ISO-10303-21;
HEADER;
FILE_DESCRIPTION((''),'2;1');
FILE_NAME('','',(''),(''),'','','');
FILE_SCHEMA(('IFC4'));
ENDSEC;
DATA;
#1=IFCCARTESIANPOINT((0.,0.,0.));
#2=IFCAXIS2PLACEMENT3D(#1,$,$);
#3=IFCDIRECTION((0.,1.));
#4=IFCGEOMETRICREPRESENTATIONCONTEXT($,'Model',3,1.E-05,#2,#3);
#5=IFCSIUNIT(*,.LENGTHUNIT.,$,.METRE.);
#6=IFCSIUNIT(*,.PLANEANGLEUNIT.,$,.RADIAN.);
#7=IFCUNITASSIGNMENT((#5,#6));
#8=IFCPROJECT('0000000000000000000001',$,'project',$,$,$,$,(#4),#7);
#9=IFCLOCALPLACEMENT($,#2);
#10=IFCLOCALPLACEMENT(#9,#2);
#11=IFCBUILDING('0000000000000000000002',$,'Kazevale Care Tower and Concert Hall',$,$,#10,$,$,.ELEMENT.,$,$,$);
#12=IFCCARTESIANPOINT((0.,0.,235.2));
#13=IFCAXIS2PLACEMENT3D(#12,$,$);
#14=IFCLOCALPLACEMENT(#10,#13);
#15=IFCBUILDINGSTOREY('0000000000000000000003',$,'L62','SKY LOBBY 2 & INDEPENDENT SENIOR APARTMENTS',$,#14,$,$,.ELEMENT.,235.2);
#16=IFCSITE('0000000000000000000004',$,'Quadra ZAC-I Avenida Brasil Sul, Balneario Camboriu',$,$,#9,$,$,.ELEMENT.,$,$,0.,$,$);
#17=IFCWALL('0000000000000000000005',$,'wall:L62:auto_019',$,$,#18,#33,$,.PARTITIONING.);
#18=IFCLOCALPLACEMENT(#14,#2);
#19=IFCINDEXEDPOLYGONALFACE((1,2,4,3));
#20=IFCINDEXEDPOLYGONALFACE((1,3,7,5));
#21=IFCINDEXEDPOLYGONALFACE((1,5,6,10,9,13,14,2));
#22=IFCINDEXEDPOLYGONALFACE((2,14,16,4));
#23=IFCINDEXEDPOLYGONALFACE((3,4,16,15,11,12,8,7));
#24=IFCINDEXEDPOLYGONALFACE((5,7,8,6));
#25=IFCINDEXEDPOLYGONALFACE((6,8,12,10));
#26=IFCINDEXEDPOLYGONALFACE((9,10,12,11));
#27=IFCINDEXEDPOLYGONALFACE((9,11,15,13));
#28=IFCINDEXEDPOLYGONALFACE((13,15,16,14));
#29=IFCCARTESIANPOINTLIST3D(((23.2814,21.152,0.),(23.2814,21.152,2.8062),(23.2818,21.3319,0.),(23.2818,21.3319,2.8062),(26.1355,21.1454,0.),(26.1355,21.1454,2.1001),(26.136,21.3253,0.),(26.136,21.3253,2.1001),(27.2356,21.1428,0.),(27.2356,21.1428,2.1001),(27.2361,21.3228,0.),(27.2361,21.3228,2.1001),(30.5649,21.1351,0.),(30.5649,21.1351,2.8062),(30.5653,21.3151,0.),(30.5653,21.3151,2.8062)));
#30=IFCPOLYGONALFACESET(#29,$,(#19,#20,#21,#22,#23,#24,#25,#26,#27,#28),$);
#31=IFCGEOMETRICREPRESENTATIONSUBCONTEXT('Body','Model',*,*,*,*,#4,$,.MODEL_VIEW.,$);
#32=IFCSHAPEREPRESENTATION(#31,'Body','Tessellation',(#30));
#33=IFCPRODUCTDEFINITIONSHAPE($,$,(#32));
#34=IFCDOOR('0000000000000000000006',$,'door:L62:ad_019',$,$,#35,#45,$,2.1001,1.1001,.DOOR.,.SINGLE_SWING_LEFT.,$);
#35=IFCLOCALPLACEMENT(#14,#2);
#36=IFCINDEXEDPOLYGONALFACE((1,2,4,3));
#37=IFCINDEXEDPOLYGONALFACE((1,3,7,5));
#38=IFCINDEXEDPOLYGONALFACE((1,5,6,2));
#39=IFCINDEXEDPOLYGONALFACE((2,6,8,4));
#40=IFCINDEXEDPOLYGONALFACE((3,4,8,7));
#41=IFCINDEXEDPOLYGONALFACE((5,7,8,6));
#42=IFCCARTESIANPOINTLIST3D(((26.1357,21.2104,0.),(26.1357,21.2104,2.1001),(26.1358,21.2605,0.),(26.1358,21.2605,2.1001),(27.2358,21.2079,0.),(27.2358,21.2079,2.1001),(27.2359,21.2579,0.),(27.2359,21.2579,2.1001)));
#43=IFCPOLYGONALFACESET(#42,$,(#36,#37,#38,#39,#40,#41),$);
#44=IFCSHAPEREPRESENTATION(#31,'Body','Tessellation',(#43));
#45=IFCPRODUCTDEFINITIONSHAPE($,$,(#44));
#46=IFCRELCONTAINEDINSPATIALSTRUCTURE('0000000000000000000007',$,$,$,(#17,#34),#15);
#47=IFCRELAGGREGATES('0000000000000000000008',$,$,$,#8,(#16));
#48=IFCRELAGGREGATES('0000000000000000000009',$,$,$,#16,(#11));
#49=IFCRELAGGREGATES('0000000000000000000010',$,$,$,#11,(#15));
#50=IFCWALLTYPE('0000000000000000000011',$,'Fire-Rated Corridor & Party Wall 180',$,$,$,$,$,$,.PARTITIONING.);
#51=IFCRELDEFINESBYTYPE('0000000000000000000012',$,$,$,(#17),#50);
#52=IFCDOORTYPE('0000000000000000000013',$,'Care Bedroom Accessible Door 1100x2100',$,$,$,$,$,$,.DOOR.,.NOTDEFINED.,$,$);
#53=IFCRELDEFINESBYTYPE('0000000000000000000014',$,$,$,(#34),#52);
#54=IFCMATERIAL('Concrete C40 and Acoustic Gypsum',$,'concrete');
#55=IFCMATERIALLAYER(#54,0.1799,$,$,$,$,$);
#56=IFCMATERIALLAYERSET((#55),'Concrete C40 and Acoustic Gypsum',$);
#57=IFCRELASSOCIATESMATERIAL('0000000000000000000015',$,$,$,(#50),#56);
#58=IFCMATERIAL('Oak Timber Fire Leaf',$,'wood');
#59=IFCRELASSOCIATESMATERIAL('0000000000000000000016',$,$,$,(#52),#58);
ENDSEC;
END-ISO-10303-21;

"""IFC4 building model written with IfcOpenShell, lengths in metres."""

from ifc_helpers import new_model, si_unit, direction, frame, frame_2d, origin, place, context, subcontext, project, spatial, rectangle, extrude, material, layer, layer_set, type_object, element, fill, save


model = new_model("IFC4")

# Units and contexts
model_context = context("Model", 3, precision=1e-05, world=origin(), true_north=direction((0.0, 1.0)))
body_context = subcontext(model_context, "Body", "Model", "MODEL_VIEW")
ifc_project = project(units=[si_unit("LENGTHUNIT", "METRE"), si_unit("PLANEANGLEUNIT", "RADIAN")], contexts=[model_context])

# Site, building, storey
site_placement = place(None, origin())
site = spatial("IfcSite", under=ifc_project, at=site_placement, Name="Quadra ZAC-I Avenida Brasil Sul, Balneario Camboriu", CompositionType="ELEMENT", RefElevation=0.0)
building_placement = place(site_placement, origin())
building = spatial("IfcBuilding", under=site, at=building_placement, Name="Kazevale Care Tower and Concert Hall", CompositionType="ELEMENT")
storey_placement = place(building_placement, frame((0.0, 0.0, 235.2)))
storey = spatial("IfcBuildingStorey", under=building, at=storey_placement, Name="L62", Description="SKY LOBBY 2 & INDEPENDENT SENIOR APARTMENTS", CompositionType="ELEMENT", Elevation=235.2)

# Wall, opening, door
ifc_material_1 = material(Name="Concrete C40 and Acoustic Gypsum", Category="concrete")
ifc_layer_1 = layer(ifc_material_1, 0.1799)
ifc_layer_set_1 = layer_set([ifc_layer_1], Name="Concrete C40 and Acoustic Gypsum")
wall_type_1 = type_object("IfcWallType", Name="Fire-Rated Corridor & Party Wall 180", PredefinedType="PARTITIONING", material=ifc_layer_set_1)
wall_1_placement = place(storey_placement, frame((30.5649, 21.2251, 0.0), z_axis=(0.0, 0.0, 1.0), x_axis=(-0.999997, 0.002313, 0.0)))
wall_1 = element("IfcWall", 1, at=wall_1_placement, inside=storey, type_object=wall_type_1, Name="wall:L62:auto_019", PredefinedType="PARTITIONING", context=body_context, shape_type="SweptSolid", body=[
    extrude(rectangle(XDim=7.2834, YDim=0.1799, at=frame_2d((3.6416, 0.0))), origin(), (0.0, 0.0, 1.0), 2.8062),
])
opening_placement = place(wall_1_placement, frame((3.3291, 0.0, 0.0)))
opening = element("IfcOpeningElement", 2, at=opening_placement, cuts=wall_1, PredefinedType="OPENING", context=body_context, shape_type="SweptSolid", body=[
    extrude(rectangle(XDim=1.1001, YDim=2.1001, at=frame_2d((0.55, 1.05))), frame((0.0, 0.0999, 0.0), z_axis=(0.0, -1.0, 0.0), x_axis=(1.0, 0.0, 0.0)), (0.0, 0.0, 1.0), 0.2),
])
ifc_material_2 = material(Name="Oak Timber Fire Leaf", Category="wood")
door_type = type_object("IfcDoorType", Name="Care Bedroom Accessible Door 1100x2100", OperationType="NOTDEFINED", PredefinedType="DOOR", material=ifc_material_2)
door_placement = place(opening_placement, origin())
door = element("IfcDoor", 3, at=door_placement, inside=storey, type_object=door_type, Name="door:L62:ad_019", OperationType="SINGLE_SWING_LEFT", OverallHeight=2.1001, OverallWidth=1.1001, PredefinedType="DOOR", context=body_context, shape_type="SweptSolid", body=[
    extrude(rectangle(XDim=1.1001, YDim=2.1001, at=frame_2d((0.55, 1.05))), frame((0.0, 0.0249, 0.0), z_axis=(0.0, -1.0, 0.0), x_axis=(1.0, 0.0, 0.0)), (0.0, 0.0, 1.0), 0.05),
])
fill(opening, door)

save(model, "model.ifc")
